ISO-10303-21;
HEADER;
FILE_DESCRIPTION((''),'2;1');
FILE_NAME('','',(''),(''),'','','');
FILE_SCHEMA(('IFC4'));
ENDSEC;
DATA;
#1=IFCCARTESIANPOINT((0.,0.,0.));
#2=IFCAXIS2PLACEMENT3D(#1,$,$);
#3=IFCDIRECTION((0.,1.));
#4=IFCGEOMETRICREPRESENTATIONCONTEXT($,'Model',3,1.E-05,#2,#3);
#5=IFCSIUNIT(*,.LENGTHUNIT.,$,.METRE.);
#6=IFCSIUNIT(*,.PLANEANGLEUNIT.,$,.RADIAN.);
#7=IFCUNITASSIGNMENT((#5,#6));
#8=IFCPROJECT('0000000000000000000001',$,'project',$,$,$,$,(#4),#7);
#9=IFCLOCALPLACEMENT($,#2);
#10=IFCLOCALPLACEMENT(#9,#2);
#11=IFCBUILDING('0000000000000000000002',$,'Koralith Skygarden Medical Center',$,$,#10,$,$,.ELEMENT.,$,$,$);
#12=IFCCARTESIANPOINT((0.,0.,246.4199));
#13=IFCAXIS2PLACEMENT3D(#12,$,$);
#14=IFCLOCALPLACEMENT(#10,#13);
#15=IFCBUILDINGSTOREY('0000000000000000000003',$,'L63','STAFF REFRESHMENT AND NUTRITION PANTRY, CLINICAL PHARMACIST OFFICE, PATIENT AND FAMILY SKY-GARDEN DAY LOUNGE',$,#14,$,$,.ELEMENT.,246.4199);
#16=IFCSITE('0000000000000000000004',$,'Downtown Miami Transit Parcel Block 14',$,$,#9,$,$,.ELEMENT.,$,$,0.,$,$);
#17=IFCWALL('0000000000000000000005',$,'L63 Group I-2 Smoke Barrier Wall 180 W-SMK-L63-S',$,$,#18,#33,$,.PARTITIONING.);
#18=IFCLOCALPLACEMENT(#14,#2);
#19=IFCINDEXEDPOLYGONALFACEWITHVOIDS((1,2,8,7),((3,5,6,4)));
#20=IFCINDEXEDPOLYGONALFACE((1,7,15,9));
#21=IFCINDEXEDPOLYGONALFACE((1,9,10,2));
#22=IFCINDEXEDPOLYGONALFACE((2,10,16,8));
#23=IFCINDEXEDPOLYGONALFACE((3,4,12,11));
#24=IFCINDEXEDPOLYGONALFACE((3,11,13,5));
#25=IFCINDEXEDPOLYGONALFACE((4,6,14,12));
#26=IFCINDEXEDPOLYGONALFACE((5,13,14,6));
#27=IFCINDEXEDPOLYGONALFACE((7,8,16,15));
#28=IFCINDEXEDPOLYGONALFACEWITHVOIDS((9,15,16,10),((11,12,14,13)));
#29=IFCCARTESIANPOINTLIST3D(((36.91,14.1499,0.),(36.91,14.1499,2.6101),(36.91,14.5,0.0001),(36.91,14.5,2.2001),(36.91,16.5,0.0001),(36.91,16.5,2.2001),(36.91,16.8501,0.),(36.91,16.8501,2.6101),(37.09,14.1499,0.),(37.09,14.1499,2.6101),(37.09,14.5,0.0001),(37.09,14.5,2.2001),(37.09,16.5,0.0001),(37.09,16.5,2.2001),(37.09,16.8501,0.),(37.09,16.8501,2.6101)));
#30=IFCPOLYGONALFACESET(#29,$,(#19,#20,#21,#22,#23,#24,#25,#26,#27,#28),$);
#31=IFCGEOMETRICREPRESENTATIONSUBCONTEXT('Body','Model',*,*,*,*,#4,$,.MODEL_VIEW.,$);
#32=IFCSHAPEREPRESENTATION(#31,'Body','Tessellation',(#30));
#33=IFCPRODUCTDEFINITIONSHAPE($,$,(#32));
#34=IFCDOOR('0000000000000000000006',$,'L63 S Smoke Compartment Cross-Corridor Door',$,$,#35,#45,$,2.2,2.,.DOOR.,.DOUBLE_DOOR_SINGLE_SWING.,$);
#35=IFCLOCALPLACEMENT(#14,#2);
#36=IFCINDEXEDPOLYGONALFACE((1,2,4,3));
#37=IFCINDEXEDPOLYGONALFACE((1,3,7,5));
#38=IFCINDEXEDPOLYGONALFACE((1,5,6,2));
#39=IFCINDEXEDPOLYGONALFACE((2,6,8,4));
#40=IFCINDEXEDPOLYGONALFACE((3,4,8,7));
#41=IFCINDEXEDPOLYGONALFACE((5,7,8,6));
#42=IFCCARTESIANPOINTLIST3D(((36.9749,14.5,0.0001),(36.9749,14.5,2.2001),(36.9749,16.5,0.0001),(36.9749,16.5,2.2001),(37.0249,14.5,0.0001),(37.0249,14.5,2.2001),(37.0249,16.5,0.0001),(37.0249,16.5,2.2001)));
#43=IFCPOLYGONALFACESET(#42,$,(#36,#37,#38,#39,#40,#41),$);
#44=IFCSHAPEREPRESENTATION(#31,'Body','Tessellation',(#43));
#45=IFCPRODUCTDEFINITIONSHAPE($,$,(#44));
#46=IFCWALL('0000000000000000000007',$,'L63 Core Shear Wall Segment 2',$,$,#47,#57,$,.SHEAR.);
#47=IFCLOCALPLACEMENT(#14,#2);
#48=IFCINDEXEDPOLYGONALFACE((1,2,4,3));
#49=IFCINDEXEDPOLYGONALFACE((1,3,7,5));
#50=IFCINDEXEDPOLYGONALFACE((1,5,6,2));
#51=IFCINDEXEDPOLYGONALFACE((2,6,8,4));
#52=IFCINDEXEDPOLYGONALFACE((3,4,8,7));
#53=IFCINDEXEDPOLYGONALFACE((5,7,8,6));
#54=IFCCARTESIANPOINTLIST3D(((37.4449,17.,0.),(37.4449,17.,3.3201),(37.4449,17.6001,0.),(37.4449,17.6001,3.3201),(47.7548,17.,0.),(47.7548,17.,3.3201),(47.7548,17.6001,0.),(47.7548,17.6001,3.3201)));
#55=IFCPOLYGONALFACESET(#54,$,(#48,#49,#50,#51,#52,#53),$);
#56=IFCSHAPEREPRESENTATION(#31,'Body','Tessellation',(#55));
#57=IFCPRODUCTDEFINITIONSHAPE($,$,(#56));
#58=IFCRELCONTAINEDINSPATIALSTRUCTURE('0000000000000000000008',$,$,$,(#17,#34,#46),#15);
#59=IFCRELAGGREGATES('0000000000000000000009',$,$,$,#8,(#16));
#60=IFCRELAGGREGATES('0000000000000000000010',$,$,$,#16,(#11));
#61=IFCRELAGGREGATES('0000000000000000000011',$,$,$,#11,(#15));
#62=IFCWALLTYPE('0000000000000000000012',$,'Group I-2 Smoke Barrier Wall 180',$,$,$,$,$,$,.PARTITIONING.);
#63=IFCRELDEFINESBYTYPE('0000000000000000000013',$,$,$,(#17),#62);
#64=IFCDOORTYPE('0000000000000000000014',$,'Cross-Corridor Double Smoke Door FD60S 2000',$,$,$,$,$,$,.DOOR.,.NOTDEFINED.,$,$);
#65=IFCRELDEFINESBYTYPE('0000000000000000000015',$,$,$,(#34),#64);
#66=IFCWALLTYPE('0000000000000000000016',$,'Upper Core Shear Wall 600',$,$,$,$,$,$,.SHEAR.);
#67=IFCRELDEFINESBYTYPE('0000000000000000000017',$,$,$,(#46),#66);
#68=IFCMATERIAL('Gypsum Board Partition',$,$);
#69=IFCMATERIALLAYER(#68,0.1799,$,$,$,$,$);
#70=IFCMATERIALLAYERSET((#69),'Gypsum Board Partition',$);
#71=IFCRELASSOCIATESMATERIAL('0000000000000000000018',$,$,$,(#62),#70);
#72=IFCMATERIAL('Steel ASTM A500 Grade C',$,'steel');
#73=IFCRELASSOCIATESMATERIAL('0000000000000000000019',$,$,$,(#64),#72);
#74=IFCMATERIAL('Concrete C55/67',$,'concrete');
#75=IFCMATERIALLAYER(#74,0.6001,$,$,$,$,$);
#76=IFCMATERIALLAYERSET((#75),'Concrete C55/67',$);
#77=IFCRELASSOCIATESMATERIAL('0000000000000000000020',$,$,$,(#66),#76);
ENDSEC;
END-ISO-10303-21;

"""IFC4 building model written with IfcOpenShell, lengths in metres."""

from ifc_helpers import new_model, si_unit, direction, frame, frame_2d, origin, place, context, subcontext, project, spatial, rectangle, extrude, material, layer, layer_set, type_object, element, fill, save


model = new_model("IFC4")

# Units and contexts
model_context = context("Model", 3, precision=1e-05, world=origin(), true_north=direction((0.0, 1.0)))
body_context = subcontext(model_context, "Body", "Model", "MODEL_VIEW")
ifc_project = project(units=[si_unit("LENGTHUNIT", "METRE"), si_unit("PLANEANGLEUNIT", "RADIAN")], contexts=[model_context])

# Site, building, storey
site_placement = place(None, origin())
site = spatial("IfcSite", under=ifc_project, at=site_placement, Name="Downtown Miami Transit Parcel Block 14", CompositionType="ELEMENT", RefElevation=0.0)
building_placement = place(site_placement, origin())
building = spatial("IfcBuilding", under=site, at=building_placement, Name="Koralith Skygarden Medical Center", CompositionType="ELEMENT")
storey_placement = place(building_placement, frame((0.0, 0.0, 246.4199)))
storey = spatial("IfcBuildingStorey", under=building, at=storey_placement, Name="L63", Description="STAFF REFRESHMENT AND NUTRITION PANTRY, CLINICAL PHARMACIST OFFICE, PATIENT AND FAMILY SKY-GARDEN DAY LOUNGE", CompositionType="ELEMENT", Elevation=246.4199)

# Shared definitions
ifc_material_1 = material(Name="Concrete C55/67", Category="concrete")

# Shared definitions
ifc_material_2 = material(Name="Gypsum Board Partition")

# Wall, opening, door
ifc_layer_1 = layer(ifc_material_2, 0.1799)
ifc_layer_set_1 = layer_set([ifc_layer_1], Name="Gypsum Board Partition")
wall_type_1 = type_object("IfcWallType", Name="Group I-2 Smoke Barrier Wall 180", PredefinedType="PARTITIONING", material=ifc_layer_set_1)
wall_1_placement = place(storey_placement, frame((37.0, 14.1499, 0.0), z_axis=(0.0, 0.0, 1.0), x_axis=(0.0, 1.0, 0.0)))
wall_1 = element("IfcWall", 1, at=wall_1_placement, inside=storey, type_object=wall_type_1, Name="L63 Group I-2 Smoke Barrier Wall 180 W-SMK-L63-S", PredefinedType="PARTITIONING", context=body_context, shape_type="SweptSolid", body=[
    extrude(rectangle(XDim=2.7002, YDim=0.1799, at=frame_2d((1.3501, 0.0))), origin(), (0.0, 0.0, 1.0), 2.6101),
])
opening_1_placement = place(wall_1_placement, frame((0.3501, 0.0, 0.0)))
opening_1 = element("IfcOpeningElement", 2, at=opening_1_placement, cuts=wall_1, PredefinedType="OPENING", context=body_context, shape_type="SweptSolid", body=[
    extrude(rectangle(XDim=2.0, YDim=2.2, at=frame_2d((1.0, 1.1001))), frame((0.0, 0.0999, 0.0), z_axis=(0.0, -1.0, 0.0), x_axis=(1.0, 0.0, 0.0)), (0.0, 0.0, 1.0), 0.2),
])
ifc_material_3 = material(Name="Steel ASTM A500 Grade C", Category="steel")
door_type_1 = type_object("IfcDoorType", Name="Cross-Corridor Double Smoke Door FD60S 2000", OperationType="NOTDEFINED", PredefinedType="DOOR", material=ifc_material_3)
door_1_placement = place(opening_1_placement, frame((2.0, 0.0, 0.0), z_axis=(0.0, 0.0, 1.0), x_axis=(-1.0, 0.0, 0.0)))
door_1 = element("IfcDoor", 3, at=door_1_placement, inside=storey, type_object=door_type_1, Name="L63 S Smoke Compartment Cross-Corridor Door", OperationType="DOUBLE_DOOR_SINGLE_SWING", OverallHeight=2.2, OverallWidth=2.0, PredefinedType="DOOR", context=body_context, shape_type="SweptSolid", body=[
    extrude(rectangle(XDim=2.0, YDim=2.2, at=frame_2d((1.0, 1.1001))), frame((0.0, 0.0249, 0.0), z_axis=(0.0, -1.0, 0.0), x_axis=(1.0, 0.0, 0.0)), (0.0, 0.0, 1.0), 0.05),
])
fill(opening_1, door_1)

# Wall
ifc_layer_2 = layer(ifc_material_1, 0.6001)
ifc_layer_set_2 = layer_set([ifc_layer_2], Name="Concrete C55/67")
wall_type_2 = type_object("IfcWallType", Name="Upper Core Shear Wall 600", PredefinedType="SHEAR", material=ifc_layer_set_2)
wall_2_placement = place(storey_placement, frame((37.4451, 17.3, 0.0), z_axis=(0.0, 0.0, 1.0), x_axis=(1.0, 0.0, 0.0)))
element("IfcWall", 4, at=wall_2_placement, inside=storey, type_object=wall_type_2, Name="L63 Core Shear Wall Segment 2", PredefinedType="SHEAR", context=body_context, shape_type="SweptSolid", body=[
    extrude(rectangle(XDim=10.3098, YDim=0.6001, at=frame_2d((5.1548, 0.0))), origin(), (0.0, 0.0, 1.0), 3.3201),
])

save(model, "model.ifc")
